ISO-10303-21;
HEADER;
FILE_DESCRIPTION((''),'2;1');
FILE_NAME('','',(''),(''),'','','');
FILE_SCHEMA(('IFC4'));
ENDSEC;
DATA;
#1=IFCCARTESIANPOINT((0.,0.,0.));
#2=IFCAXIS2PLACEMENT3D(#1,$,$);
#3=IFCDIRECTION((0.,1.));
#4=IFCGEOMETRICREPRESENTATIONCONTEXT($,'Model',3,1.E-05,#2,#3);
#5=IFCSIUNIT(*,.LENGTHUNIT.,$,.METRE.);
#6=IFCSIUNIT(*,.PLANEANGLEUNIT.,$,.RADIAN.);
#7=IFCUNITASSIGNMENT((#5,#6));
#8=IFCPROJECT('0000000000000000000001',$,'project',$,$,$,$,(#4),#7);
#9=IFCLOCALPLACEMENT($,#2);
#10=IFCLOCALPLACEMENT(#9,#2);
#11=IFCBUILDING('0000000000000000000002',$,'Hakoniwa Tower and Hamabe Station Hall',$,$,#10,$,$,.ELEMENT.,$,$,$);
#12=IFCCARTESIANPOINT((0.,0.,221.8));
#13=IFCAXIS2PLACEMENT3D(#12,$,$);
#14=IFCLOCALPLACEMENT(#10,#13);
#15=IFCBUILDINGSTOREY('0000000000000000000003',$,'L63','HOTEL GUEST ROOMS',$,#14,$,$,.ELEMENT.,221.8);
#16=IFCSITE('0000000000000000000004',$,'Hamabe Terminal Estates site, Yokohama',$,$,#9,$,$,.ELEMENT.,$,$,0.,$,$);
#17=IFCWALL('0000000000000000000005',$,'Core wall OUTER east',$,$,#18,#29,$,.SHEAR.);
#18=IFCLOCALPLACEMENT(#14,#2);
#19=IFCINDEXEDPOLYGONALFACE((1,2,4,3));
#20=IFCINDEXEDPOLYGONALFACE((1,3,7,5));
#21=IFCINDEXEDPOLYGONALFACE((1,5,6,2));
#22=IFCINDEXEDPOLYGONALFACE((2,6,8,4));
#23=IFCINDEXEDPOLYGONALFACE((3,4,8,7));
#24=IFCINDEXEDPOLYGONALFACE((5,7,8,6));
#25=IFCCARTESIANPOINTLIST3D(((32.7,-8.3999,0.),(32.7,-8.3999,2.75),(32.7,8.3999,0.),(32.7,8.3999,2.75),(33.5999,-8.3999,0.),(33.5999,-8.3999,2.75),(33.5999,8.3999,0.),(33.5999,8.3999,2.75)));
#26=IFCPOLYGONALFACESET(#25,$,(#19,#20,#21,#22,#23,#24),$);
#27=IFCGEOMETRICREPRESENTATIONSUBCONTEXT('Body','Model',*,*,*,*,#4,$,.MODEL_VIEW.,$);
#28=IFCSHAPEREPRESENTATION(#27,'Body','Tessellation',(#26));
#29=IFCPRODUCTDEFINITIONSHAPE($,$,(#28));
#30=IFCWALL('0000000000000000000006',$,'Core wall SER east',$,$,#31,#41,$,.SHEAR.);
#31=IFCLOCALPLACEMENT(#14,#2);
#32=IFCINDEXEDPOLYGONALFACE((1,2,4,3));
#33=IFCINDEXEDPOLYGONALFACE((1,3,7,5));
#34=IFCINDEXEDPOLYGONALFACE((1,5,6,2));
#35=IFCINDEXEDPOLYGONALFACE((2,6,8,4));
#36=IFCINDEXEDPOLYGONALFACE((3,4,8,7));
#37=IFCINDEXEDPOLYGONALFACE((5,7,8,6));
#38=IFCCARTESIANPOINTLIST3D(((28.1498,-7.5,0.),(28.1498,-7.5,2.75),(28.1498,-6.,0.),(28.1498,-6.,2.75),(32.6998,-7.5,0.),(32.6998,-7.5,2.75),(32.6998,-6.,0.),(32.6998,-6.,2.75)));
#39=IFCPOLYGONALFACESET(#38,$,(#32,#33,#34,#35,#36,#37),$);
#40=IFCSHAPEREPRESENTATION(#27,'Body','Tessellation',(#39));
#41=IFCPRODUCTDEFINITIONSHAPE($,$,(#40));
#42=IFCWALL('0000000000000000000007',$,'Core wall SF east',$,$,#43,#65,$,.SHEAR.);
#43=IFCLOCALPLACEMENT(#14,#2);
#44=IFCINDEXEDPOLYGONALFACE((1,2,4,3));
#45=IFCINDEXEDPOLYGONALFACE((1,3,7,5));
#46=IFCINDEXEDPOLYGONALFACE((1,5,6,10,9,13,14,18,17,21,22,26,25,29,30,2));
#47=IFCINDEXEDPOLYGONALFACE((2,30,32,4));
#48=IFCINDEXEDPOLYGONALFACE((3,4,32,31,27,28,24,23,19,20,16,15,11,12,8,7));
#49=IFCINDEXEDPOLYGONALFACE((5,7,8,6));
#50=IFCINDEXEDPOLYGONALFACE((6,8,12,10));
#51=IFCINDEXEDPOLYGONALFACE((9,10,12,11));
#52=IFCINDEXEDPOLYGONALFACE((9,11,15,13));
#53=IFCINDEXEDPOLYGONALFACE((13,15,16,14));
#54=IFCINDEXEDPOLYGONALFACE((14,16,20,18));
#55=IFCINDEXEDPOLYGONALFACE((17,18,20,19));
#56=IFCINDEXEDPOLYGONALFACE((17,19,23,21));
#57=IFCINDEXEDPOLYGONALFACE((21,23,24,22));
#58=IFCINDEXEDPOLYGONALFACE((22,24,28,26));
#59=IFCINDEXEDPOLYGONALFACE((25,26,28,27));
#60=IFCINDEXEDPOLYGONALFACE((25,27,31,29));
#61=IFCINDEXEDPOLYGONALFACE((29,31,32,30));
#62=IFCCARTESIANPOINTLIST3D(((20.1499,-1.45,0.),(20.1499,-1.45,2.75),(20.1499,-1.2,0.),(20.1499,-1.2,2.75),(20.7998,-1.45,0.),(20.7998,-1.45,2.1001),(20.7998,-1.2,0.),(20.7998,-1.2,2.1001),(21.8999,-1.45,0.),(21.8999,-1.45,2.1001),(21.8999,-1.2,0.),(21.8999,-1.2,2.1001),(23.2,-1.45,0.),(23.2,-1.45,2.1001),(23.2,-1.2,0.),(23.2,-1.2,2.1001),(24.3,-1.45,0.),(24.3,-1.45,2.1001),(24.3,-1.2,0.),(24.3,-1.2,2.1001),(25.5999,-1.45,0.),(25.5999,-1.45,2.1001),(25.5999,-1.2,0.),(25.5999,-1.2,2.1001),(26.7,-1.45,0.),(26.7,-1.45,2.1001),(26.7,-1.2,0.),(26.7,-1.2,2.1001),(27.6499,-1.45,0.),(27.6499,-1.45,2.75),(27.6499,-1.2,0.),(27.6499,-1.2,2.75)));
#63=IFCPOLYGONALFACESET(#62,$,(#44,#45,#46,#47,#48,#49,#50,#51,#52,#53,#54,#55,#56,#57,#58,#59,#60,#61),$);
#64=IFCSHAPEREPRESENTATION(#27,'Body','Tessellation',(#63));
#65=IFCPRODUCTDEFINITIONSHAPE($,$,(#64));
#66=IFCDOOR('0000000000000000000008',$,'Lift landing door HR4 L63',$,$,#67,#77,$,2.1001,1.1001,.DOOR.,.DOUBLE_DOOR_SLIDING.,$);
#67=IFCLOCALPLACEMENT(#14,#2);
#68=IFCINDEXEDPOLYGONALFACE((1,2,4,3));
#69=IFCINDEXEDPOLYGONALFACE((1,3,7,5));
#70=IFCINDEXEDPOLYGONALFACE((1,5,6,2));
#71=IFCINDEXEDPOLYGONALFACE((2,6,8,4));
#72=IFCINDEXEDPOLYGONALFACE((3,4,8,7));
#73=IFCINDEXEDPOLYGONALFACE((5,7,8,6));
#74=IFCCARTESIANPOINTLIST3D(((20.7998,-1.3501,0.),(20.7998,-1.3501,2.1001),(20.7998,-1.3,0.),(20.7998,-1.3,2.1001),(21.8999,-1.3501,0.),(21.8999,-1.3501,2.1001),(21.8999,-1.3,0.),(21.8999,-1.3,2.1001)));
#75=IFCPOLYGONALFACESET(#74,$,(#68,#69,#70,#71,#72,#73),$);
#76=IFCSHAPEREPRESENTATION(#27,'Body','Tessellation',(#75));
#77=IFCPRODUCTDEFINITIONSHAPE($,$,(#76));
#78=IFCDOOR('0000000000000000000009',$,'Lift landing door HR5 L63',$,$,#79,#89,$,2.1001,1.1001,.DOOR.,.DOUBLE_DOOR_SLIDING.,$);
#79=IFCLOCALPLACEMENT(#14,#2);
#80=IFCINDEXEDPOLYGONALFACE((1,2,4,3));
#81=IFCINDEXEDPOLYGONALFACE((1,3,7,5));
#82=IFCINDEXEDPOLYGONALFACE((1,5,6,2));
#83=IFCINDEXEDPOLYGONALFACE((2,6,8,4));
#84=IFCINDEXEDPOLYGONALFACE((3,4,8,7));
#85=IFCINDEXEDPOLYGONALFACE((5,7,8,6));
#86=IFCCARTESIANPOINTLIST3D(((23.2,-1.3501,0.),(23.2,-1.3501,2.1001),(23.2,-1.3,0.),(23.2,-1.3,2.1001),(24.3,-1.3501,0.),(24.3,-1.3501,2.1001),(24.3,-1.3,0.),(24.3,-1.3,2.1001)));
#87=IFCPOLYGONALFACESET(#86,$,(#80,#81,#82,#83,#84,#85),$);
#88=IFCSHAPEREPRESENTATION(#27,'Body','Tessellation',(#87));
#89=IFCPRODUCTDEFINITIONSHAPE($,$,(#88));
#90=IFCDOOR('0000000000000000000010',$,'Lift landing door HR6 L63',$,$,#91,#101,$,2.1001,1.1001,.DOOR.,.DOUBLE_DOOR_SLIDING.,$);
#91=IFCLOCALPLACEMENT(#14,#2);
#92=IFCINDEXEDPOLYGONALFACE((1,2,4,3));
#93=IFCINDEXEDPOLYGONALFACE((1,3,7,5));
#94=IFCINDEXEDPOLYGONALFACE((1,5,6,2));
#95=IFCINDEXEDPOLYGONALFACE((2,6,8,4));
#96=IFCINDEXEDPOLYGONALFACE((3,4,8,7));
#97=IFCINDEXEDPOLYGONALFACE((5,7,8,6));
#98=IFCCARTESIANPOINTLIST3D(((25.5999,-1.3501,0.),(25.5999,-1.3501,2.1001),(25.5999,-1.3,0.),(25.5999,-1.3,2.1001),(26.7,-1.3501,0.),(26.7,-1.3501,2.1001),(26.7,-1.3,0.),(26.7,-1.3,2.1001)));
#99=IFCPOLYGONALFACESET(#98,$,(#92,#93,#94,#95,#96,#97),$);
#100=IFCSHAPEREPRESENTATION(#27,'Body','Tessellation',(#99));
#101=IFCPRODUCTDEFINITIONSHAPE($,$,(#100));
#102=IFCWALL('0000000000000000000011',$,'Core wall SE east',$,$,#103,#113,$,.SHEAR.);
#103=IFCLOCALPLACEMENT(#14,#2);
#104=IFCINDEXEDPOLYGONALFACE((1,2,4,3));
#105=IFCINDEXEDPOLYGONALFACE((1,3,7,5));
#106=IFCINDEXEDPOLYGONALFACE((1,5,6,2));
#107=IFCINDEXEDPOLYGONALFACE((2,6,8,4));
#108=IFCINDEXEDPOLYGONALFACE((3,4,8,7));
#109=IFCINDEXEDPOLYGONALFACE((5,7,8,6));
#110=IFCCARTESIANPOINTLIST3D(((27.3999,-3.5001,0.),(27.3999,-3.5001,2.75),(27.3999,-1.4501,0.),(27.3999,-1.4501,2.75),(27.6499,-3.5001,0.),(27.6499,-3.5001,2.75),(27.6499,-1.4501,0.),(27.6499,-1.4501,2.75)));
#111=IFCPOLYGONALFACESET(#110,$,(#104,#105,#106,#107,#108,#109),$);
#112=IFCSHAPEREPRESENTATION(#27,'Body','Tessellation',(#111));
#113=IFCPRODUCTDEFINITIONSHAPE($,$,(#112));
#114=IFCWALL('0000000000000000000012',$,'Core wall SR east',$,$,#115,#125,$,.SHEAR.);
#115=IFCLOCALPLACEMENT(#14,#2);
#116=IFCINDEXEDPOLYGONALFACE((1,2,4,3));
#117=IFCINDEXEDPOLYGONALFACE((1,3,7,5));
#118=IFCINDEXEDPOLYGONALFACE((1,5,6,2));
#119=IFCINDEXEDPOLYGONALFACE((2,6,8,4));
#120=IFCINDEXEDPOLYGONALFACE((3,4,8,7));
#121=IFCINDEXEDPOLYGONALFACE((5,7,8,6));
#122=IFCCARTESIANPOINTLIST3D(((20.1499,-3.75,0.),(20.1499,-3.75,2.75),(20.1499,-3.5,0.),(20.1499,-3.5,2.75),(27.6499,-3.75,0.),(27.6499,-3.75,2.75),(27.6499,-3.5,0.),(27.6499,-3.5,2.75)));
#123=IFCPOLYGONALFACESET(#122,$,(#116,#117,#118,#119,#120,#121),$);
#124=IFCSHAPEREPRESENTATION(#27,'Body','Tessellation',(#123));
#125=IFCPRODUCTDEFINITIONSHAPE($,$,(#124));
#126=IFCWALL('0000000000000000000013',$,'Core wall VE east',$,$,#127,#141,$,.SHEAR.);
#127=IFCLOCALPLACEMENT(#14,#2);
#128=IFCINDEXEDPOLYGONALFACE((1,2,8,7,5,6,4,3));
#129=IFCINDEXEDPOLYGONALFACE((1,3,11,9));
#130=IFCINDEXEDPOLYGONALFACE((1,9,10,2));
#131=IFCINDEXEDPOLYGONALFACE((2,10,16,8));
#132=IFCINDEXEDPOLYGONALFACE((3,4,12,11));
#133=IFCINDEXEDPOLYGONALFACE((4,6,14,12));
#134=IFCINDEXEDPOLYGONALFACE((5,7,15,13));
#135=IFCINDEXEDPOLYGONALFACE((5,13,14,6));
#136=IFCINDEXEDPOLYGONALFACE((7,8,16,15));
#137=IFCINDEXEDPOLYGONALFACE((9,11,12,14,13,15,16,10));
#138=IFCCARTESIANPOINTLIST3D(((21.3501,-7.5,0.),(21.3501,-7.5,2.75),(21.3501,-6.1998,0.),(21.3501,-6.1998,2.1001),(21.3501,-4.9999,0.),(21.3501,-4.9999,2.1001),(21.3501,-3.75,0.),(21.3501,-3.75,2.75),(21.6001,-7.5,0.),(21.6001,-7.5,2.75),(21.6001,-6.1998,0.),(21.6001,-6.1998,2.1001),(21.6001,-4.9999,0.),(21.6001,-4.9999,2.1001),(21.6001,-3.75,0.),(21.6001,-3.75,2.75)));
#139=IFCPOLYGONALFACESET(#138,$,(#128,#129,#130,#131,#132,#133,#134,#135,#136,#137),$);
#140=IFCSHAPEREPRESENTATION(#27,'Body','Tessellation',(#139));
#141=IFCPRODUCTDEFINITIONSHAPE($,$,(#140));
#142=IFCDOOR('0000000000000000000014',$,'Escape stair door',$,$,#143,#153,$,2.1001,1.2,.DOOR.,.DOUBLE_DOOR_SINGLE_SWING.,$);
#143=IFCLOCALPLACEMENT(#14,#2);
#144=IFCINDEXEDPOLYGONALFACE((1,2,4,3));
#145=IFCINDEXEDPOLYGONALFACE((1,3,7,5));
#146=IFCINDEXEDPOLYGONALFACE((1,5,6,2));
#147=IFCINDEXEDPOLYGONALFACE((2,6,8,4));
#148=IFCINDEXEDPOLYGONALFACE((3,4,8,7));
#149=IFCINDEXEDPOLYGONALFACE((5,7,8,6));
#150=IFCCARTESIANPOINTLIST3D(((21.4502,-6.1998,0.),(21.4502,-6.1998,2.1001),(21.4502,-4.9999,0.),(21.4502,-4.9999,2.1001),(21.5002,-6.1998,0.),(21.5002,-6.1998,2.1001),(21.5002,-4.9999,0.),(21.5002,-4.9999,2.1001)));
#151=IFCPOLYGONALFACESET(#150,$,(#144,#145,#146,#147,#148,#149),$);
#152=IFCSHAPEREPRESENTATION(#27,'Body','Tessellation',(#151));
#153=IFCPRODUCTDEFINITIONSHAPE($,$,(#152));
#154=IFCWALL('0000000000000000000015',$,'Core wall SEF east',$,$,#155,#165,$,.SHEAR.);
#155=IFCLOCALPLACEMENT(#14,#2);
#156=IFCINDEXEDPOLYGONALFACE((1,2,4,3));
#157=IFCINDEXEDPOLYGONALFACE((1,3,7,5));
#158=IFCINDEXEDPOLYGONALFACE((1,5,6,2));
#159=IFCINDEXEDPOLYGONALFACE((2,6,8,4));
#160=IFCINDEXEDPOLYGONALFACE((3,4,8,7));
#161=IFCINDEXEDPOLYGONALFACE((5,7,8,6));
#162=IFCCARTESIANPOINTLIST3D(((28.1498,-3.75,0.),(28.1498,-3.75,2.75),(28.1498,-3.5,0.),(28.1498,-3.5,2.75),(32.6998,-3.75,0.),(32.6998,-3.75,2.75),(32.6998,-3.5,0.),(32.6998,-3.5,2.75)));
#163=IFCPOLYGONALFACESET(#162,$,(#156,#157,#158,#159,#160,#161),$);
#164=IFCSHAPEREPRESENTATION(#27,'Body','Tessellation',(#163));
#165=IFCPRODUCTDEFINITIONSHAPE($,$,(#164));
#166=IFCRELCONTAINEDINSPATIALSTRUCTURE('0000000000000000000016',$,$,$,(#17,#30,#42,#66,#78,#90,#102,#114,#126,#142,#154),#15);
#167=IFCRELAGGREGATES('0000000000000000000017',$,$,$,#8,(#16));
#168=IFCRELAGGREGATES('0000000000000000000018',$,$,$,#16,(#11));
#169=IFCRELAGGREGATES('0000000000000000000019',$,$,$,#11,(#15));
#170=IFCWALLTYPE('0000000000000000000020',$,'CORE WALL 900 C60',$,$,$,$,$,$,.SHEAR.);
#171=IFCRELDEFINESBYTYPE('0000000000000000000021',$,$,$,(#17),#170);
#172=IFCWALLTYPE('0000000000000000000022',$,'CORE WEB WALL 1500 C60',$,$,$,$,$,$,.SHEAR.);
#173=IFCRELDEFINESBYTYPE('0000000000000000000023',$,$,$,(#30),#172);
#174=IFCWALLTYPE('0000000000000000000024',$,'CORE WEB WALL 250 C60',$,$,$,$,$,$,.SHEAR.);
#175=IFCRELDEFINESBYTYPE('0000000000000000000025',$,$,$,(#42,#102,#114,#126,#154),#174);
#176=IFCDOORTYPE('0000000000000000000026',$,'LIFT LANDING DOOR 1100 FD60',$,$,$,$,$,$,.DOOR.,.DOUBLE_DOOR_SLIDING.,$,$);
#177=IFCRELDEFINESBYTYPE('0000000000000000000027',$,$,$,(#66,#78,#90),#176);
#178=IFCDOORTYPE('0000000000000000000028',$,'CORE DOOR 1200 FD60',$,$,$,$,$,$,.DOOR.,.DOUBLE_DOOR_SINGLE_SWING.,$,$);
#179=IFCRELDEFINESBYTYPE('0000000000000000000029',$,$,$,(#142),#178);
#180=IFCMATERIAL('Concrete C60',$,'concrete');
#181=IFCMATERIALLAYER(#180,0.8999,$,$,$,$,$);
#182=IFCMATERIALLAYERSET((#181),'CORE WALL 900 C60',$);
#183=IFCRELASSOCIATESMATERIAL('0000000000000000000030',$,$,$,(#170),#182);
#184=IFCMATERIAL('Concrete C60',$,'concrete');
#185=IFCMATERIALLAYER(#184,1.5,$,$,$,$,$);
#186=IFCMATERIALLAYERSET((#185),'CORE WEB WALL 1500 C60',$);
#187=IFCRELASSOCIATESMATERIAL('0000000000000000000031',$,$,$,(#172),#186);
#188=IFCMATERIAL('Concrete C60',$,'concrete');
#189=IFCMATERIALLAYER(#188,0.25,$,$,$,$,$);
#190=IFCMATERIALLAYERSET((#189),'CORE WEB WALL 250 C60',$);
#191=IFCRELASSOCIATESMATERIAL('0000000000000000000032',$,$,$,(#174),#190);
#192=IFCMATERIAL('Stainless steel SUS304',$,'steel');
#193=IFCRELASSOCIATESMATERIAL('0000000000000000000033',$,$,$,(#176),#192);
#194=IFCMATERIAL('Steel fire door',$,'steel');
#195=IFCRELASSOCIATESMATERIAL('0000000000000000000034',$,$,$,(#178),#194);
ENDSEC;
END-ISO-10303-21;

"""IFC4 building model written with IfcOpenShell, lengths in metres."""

from ifc_helpers import new_model, si_unit, direction, frame, frame_2d, origin, place, context, subcontext, project, spatial, rectangle, extrude, material, layer, layer_set, type_object, element, fill, save


model = new_model("IFC4")

# Units and contexts
model_context = context("Model", 3, precision=1e-05, world=origin(), true_north=direction((0.0, 1.0)))
body_context = subcontext(model_context, "Body", "Model", "MODEL_VIEW")
ifc_project = project(units=[si_unit("LENGTHUNIT", "METRE"), si_unit("PLANEANGLEUNIT", "RADIAN")], contexts=[model_context])

# Site, building, storey
site_placement = place(None, origin())
site = spatial("IfcSite", under=ifc_project, at=site_placement, Name="Hamabe Terminal Estates site, Yokohama", CompositionType="ELEMENT", RefElevation=0.0)
building_placement = place(site_placement, origin())
building = spatial("IfcBuilding", under=site, at=building_placement, Name="Hakoniwa Tower and Hamabe Station Hall", CompositionType="ELEMENT")
storey_placement = place(building_placement, frame((0.0, 0.0, 221.8)))
storey = spatial("IfcBuildingStorey", under=building, at=storey_placement, Name="L63", Description="HOTEL GUEST ROOMS", CompositionType="ELEMENT", Elevation=221.8)

# Walls
ifc_material_1 = material(Name="Concrete C60", Category="concrete")
ifc_layer_1 = layer(ifc_material_1, 0.8999)
ifc_layer_set_1 = layer_set([ifc_layer_1], Name="CORE WALL 900 C60")
wall_type_1 = type_object("IfcWallType", Name="CORE WALL 900 C60", PredefinedType="SHEAR", material=ifc_layer_set_1)
wall_1_placement = place(storey_placement, frame((33.1499, -8.3999, 0.0), z_axis=(0.0, 0.0, 1.0), x_axis=(0.0, 1.0, 0.0)))
element("IfcWall", 1, at=wall_1_placement, inside=storey, type_object=wall_type_1, Name="Core wall OUTER east", PredefinedType="SHEAR", context=body_context, shape_type="SweptSolid", body=[
    extrude(rectangle(XDim=16.7998, YDim=0.8999, at=frame_2d((8.3999, 0.0))), origin(), (0.0, 0.0, 1.0), 2.75),
])
ifc_material_2 = material(Name="Concrete C60", Category="concrete")
ifc_layer_2 = layer(ifc_material_2, 1.5)
ifc_layer_set_2 = layer_set([ifc_layer_2], Name="CORE WEB WALL 1500 C60")
wall_type_2 = type_object("IfcWallType", Name="CORE WEB WALL 1500 C60", PredefinedType="SHEAR", material=ifc_layer_set_2)
wall_2_placement = place(storey_placement, frame((28.1499, -6.75, 0.0), z_axis=(0.0, 0.0, 1.0), x_axis=(1.0, 0.0, 0.0)))
element("IfcWall", 2, at=wall_2_placement, inside=storey, type_object=wall_type_2, Name="Core wall SER east", PredefinedType="SHEAR", context=body_context, shape_type="SweptSolid", body=[
    extrude(rectangle(XDim=4.55, YDim=1.5, at=frame_2d((2.2749, 0.0))), origin(), (0.0, 0.0, 1.0), 2.75),
])

# Wall, openings, doors
ifc_material_3 = material(Name="Concrete C60", Category="concrete")
ifc_layer_3 = layer(ifc_material_3, 0.25)
ifc_layer_set_3 = layer_set([ifc_layer_3], Name="CORE WEB WALL 250 C60")
wall_type_3 = type_object("IfcWallType", Name="CORE WEB WALL 250 C60", PredefinedType="SHEAR", material=ifc_layer_set_3)
wall_3_placement = place(storey_placement, frame((20.1499, -1.325, 0.0), z_axis=(0.0, 0.0, 1.0), x_axis=(1.0, 0.0, 0.0)))
wall_3 = element("IfcWall", 3, at=wall_3_placement, inside=storey, type_object=wall_type_3, Name="Core wall SF east", PredefinedType="SHEAR", context=body_context, shape_type="SweptSolid", body=[
    extrude(rectangle(XDim=7.5, YDim=0.25, at=frame_2d((3.75, 0.0))), origin(), (0.0, 0.0, 1.0), 2.75),
])
opening_1_placement = place(wall_3_placement, frame((0.6499, 0.0, 0.0)))
opening_1 = element("IfcOpeningElement", 4, at=opening_1_placement, cuts=wall_3, PredefinedType="OPENING", context=body_context, shape_type="SweptSolid", body=[
    extrude(rectangle(XDim=1.1001, YDim=2.1001, at=frame_2d((0.55, 1.05))), frame((0.0, 0.135, 0.0), z_axis=(0.0, -1.0, 0.0), x_axis=(1.0, 0.0, 0.0)), (0.0, 0.0, 1.0), 0.27),
])
opening_2_placement = place(wall_3_placement, frame((3.05, 0.0, 0.0)))
opening_2 = element("IfcOpeningElement", 5, at=opening_2_placement, cuts=wall_3, PredefinedType="OPENING", context=body_context, shape_type="SweptSolid", body=[
    extrude(rectangle(XDim=1.1001, YDim=2.1001, at=frame_2d((0.55, 1.05))), frame((0.0, 0.135, 0.0), z_axis=(0.0, -1.0, 0.0), x_axis=(1.0, 0.0, 0.0)), (0.0, 0.0, 1.0), 0.27),
])
opening_3_placement = place(wall_3_placement, frame((5.45, 0.0, 0.0)))
opening_3 = element("IfcOpeningElement", 6, at=opening_3_placement, cuts=wall_3, PredefinedType="OPENING", context=body_context, shape_type="SweptSolid", body=[
    extrude(rectangle(XDim=1.1001, YDim=2.1001, at=frame_2d((0.55, 1.05))), frame((0.0, 0.135, 0.0), z_axis=(0.0, -1.0, 0.0), x_axis=(1.0, 0.0, 0.0)), (0.0, 0.0, 1.0), 0.27),
])
ifc_material_4 = material(Name="Stainless steel SUS304", Category="steel")
door_type_1 = type_object("IfcDoorType", Name="LIFT LANDING DOOR 1100 FD60", OperationType="DOUBLE_DOOR_SLIDING", PredefinedType="DOOR", material=ifc_material_4)
door_1_placement = place(opening_1_placement, origin())
door_1 = element("IfcDoor", 7, at=door_1_placement, inside=storey, type_object=door_type_1, Name="Lift landing door HR4 L63", OperationType="DOUBLE_DOOR_SLIDING", OverallHeight=2.1001, OverallWidth=1.1001, PredefinedType="DOOR", context=body_context, shape_type="SweptSolid", body=[
    extrude(rectangle(XDim=1.1001, YDim=2.1001, at=frame_2d((0.55, 1.05))), frame((0.0, 0.0249, 0.0), z_axis=(0.0, -1.0, 0.0), x_axis=(1.0, 0.0, 0.0)), (0.0, 0.0, 1.0), 0.05),
])
fill(opening_1, door_1)
door_2_placement = place(opening_2_placement, origin())
door_2 = element("IfcDoor", 8, at=door_2_placement, inside=storey, type_object=door_type_1, Name="Lift landing door HR5 L63", OperationType="DOUBLE_DOOR_SLIDING", OverallHeight=2.1001, OverallWidth=1.1001, PredefinedType="DOOR", context=body_context, shape_type="SweptSolid", body=[
    extrude(rectangle(XDim=1.1001, YDim=2.1001, at=frame_2d((0.55, 1.05))), frame((0.0, 0.0249, 0.0), z_axis=(0.0, -1.0, 0.0), x_axis=(1.0, 0.0, 0.0)), (0.0, 0.0, 1.0), 0.05),
])
fill(opening_2, door_2)
door_3_placement = place(opening_3_placement, origin())
door_3 = element("IfcDoor", 9, at=door_3_placement, inside=storey, type_object=door_type_1, Name="Lift landing door HR6 L63", OperationType="DOUBLE_DOOR_SLIDING", OverallHeight=2.1001, OverallWidth=1.1001, PredefinedType="DOOR", context=body_context, shape_type="SweptSolid", body=[
    extrude(rectangle(XDim=1.1001, YDim=2.1001, at=frame_2d((0.55, 1.05))), frame((0.0, 0.0249, 0.0), z_axis=(0.0, -1.0, 0.0), x_axis=(1.0, 0.0, 0.0)), (0.0, 0.0, 1.0), 0.05),
])
fill(opening_3, door_3)

# Walls
wall_4_placement = place(storey_placement, frame((27.5249, -3.5, 0.0), z_axis=(0.0, 0.0, 1.0), x_axis=(0.0, 1.0, 0.0)))
element("IfcWall", 10, at=wall_4_placement, inside=storey, type_object=wall_type_3, Name="Core wall SE east", PredefinedType="SHEAR", context=body_context, shape_type="SweptSolid", body=[
    extrude(rectangle(XDim=2.05, YDim=0.25, at=frame_2d((1.0249, 0.0))), origin(), (0.0, 0.0, 1.0), 2.75),
])
wall_5_placement = place(storey_placement, frame((20.1499, -3.625, 0.0), z_axis=(0.0, 0.0, 1.0), x_axis=(1.0, 0.0, 0.0)))
element("IfcWall", 11, at=wall_5_placement, inside=storey, type_object=wall_type_3, Name="Core wall SR east", PredefinedType="SHEAR", context=body_context, shape_type="SweptSolid", body=[
    extrude(rectangle(XDim=7.5, YDim=0.25, at=frame_2d((3.75, 0.0))), origin(), (0.0, 0.0, 1.0), 2.75),
])

# Wall, opening, door
wall_6_placement = place(storey_placement, frame((21.4751, -7.5, 0.0), z_axis=(0.0, 0.0, 1.0), x_axis=(0.0, 1.0, 0.0)))
wall_6 = element("IfcWall", 12, at=wall_6_placement, inside=storey, type_object=wall_type_3, Name="Core wall VE east", PredefinedType="SHEAR", context=body_context, shape_type="SweptSolid", body=[
    extrude(rectangle(XDim=3.75, YDim=0.25, at=frame_2d((1.875, 0.0))), origin(), (0.0, 0.0, 1.0), 2.75),
])
opening_4_placement = place(wall_6_placement, frame((1.3, 0.0, 0.0)))
opening_4 = element("IfcOpeningElement", 13, at=opening_4_placement, cuts=wall_6, PredefinedType="OPENING", context=body_context, shape_type="SweptSolid", body=[
    extrude(rectangle(XDim=1.2, YDim=2.1001, at=frame_2d((0.6001, 1.05))), frame((0.0, 0.135, 0.0), z_axis=(0.0, -1.0, 0.0), x_axis=(1.0, 0.0, 0.0)), (0.0, 0.0, 1.0), 0.27),
])
ifc_material_5 = material(Name="Steel fire door", Category="steel")
door_type_2 = type_object("IfcDoorType", Name="CORE DOOR 1200 FD60", OperationType="DOUBLE_DOOR_SINGLE_SWING", PredefinedType="DOOR", material=ifc_material_5)
door_4_placement = place(opening_4_placement, origin())
door_4 = element("IfcDoor", 14, at=door_4_placement, inside=storey, type_object=door_type_2, Name="Escape stair door", OperationType="DOUBLE_DOOR_SINGLE_SWING", OverallHeight=2.1001, OverallWidth=1.2, PredefinedType="DOOR", context=body_context, shape_type="SweptSolid", body=[
    extrude(rectangle(XDim=1.2, YDim=2.1001, at=frame_2d((0.6001, 1.05))), frame((0.0, 0.0249, 0.0), z_axis=(0.0, -1.0, 0.0), x_axis=(1.0, 0.0, 0.0)), (0.0, 0.0, 1.0), 0.05),
])
fill(opening_4, door_4)

# Wall
wall_7_placement = place(storey_placement, frame((28.1499, -3.625, 0.0), z_axis=(0.0, 0.0, 1.0), x_axis=(1.0, 0.0, 0.0)))
element("IfcWall", 15, at=wall_7_placement, inside=storey, type_object=wall_type_3, Name="Core wall SEF east", PredefinedType="SHEAR", context=body_context, shape_type="SweptSolid", body=[
    extrude(rectangle(XDim=4.55, YDim=0.25, at=frame_2d((2.2749, 0.0))), origin(), (0.0, 0.0, 1.0), 2.75),
])

save(model, "model.ifc")
